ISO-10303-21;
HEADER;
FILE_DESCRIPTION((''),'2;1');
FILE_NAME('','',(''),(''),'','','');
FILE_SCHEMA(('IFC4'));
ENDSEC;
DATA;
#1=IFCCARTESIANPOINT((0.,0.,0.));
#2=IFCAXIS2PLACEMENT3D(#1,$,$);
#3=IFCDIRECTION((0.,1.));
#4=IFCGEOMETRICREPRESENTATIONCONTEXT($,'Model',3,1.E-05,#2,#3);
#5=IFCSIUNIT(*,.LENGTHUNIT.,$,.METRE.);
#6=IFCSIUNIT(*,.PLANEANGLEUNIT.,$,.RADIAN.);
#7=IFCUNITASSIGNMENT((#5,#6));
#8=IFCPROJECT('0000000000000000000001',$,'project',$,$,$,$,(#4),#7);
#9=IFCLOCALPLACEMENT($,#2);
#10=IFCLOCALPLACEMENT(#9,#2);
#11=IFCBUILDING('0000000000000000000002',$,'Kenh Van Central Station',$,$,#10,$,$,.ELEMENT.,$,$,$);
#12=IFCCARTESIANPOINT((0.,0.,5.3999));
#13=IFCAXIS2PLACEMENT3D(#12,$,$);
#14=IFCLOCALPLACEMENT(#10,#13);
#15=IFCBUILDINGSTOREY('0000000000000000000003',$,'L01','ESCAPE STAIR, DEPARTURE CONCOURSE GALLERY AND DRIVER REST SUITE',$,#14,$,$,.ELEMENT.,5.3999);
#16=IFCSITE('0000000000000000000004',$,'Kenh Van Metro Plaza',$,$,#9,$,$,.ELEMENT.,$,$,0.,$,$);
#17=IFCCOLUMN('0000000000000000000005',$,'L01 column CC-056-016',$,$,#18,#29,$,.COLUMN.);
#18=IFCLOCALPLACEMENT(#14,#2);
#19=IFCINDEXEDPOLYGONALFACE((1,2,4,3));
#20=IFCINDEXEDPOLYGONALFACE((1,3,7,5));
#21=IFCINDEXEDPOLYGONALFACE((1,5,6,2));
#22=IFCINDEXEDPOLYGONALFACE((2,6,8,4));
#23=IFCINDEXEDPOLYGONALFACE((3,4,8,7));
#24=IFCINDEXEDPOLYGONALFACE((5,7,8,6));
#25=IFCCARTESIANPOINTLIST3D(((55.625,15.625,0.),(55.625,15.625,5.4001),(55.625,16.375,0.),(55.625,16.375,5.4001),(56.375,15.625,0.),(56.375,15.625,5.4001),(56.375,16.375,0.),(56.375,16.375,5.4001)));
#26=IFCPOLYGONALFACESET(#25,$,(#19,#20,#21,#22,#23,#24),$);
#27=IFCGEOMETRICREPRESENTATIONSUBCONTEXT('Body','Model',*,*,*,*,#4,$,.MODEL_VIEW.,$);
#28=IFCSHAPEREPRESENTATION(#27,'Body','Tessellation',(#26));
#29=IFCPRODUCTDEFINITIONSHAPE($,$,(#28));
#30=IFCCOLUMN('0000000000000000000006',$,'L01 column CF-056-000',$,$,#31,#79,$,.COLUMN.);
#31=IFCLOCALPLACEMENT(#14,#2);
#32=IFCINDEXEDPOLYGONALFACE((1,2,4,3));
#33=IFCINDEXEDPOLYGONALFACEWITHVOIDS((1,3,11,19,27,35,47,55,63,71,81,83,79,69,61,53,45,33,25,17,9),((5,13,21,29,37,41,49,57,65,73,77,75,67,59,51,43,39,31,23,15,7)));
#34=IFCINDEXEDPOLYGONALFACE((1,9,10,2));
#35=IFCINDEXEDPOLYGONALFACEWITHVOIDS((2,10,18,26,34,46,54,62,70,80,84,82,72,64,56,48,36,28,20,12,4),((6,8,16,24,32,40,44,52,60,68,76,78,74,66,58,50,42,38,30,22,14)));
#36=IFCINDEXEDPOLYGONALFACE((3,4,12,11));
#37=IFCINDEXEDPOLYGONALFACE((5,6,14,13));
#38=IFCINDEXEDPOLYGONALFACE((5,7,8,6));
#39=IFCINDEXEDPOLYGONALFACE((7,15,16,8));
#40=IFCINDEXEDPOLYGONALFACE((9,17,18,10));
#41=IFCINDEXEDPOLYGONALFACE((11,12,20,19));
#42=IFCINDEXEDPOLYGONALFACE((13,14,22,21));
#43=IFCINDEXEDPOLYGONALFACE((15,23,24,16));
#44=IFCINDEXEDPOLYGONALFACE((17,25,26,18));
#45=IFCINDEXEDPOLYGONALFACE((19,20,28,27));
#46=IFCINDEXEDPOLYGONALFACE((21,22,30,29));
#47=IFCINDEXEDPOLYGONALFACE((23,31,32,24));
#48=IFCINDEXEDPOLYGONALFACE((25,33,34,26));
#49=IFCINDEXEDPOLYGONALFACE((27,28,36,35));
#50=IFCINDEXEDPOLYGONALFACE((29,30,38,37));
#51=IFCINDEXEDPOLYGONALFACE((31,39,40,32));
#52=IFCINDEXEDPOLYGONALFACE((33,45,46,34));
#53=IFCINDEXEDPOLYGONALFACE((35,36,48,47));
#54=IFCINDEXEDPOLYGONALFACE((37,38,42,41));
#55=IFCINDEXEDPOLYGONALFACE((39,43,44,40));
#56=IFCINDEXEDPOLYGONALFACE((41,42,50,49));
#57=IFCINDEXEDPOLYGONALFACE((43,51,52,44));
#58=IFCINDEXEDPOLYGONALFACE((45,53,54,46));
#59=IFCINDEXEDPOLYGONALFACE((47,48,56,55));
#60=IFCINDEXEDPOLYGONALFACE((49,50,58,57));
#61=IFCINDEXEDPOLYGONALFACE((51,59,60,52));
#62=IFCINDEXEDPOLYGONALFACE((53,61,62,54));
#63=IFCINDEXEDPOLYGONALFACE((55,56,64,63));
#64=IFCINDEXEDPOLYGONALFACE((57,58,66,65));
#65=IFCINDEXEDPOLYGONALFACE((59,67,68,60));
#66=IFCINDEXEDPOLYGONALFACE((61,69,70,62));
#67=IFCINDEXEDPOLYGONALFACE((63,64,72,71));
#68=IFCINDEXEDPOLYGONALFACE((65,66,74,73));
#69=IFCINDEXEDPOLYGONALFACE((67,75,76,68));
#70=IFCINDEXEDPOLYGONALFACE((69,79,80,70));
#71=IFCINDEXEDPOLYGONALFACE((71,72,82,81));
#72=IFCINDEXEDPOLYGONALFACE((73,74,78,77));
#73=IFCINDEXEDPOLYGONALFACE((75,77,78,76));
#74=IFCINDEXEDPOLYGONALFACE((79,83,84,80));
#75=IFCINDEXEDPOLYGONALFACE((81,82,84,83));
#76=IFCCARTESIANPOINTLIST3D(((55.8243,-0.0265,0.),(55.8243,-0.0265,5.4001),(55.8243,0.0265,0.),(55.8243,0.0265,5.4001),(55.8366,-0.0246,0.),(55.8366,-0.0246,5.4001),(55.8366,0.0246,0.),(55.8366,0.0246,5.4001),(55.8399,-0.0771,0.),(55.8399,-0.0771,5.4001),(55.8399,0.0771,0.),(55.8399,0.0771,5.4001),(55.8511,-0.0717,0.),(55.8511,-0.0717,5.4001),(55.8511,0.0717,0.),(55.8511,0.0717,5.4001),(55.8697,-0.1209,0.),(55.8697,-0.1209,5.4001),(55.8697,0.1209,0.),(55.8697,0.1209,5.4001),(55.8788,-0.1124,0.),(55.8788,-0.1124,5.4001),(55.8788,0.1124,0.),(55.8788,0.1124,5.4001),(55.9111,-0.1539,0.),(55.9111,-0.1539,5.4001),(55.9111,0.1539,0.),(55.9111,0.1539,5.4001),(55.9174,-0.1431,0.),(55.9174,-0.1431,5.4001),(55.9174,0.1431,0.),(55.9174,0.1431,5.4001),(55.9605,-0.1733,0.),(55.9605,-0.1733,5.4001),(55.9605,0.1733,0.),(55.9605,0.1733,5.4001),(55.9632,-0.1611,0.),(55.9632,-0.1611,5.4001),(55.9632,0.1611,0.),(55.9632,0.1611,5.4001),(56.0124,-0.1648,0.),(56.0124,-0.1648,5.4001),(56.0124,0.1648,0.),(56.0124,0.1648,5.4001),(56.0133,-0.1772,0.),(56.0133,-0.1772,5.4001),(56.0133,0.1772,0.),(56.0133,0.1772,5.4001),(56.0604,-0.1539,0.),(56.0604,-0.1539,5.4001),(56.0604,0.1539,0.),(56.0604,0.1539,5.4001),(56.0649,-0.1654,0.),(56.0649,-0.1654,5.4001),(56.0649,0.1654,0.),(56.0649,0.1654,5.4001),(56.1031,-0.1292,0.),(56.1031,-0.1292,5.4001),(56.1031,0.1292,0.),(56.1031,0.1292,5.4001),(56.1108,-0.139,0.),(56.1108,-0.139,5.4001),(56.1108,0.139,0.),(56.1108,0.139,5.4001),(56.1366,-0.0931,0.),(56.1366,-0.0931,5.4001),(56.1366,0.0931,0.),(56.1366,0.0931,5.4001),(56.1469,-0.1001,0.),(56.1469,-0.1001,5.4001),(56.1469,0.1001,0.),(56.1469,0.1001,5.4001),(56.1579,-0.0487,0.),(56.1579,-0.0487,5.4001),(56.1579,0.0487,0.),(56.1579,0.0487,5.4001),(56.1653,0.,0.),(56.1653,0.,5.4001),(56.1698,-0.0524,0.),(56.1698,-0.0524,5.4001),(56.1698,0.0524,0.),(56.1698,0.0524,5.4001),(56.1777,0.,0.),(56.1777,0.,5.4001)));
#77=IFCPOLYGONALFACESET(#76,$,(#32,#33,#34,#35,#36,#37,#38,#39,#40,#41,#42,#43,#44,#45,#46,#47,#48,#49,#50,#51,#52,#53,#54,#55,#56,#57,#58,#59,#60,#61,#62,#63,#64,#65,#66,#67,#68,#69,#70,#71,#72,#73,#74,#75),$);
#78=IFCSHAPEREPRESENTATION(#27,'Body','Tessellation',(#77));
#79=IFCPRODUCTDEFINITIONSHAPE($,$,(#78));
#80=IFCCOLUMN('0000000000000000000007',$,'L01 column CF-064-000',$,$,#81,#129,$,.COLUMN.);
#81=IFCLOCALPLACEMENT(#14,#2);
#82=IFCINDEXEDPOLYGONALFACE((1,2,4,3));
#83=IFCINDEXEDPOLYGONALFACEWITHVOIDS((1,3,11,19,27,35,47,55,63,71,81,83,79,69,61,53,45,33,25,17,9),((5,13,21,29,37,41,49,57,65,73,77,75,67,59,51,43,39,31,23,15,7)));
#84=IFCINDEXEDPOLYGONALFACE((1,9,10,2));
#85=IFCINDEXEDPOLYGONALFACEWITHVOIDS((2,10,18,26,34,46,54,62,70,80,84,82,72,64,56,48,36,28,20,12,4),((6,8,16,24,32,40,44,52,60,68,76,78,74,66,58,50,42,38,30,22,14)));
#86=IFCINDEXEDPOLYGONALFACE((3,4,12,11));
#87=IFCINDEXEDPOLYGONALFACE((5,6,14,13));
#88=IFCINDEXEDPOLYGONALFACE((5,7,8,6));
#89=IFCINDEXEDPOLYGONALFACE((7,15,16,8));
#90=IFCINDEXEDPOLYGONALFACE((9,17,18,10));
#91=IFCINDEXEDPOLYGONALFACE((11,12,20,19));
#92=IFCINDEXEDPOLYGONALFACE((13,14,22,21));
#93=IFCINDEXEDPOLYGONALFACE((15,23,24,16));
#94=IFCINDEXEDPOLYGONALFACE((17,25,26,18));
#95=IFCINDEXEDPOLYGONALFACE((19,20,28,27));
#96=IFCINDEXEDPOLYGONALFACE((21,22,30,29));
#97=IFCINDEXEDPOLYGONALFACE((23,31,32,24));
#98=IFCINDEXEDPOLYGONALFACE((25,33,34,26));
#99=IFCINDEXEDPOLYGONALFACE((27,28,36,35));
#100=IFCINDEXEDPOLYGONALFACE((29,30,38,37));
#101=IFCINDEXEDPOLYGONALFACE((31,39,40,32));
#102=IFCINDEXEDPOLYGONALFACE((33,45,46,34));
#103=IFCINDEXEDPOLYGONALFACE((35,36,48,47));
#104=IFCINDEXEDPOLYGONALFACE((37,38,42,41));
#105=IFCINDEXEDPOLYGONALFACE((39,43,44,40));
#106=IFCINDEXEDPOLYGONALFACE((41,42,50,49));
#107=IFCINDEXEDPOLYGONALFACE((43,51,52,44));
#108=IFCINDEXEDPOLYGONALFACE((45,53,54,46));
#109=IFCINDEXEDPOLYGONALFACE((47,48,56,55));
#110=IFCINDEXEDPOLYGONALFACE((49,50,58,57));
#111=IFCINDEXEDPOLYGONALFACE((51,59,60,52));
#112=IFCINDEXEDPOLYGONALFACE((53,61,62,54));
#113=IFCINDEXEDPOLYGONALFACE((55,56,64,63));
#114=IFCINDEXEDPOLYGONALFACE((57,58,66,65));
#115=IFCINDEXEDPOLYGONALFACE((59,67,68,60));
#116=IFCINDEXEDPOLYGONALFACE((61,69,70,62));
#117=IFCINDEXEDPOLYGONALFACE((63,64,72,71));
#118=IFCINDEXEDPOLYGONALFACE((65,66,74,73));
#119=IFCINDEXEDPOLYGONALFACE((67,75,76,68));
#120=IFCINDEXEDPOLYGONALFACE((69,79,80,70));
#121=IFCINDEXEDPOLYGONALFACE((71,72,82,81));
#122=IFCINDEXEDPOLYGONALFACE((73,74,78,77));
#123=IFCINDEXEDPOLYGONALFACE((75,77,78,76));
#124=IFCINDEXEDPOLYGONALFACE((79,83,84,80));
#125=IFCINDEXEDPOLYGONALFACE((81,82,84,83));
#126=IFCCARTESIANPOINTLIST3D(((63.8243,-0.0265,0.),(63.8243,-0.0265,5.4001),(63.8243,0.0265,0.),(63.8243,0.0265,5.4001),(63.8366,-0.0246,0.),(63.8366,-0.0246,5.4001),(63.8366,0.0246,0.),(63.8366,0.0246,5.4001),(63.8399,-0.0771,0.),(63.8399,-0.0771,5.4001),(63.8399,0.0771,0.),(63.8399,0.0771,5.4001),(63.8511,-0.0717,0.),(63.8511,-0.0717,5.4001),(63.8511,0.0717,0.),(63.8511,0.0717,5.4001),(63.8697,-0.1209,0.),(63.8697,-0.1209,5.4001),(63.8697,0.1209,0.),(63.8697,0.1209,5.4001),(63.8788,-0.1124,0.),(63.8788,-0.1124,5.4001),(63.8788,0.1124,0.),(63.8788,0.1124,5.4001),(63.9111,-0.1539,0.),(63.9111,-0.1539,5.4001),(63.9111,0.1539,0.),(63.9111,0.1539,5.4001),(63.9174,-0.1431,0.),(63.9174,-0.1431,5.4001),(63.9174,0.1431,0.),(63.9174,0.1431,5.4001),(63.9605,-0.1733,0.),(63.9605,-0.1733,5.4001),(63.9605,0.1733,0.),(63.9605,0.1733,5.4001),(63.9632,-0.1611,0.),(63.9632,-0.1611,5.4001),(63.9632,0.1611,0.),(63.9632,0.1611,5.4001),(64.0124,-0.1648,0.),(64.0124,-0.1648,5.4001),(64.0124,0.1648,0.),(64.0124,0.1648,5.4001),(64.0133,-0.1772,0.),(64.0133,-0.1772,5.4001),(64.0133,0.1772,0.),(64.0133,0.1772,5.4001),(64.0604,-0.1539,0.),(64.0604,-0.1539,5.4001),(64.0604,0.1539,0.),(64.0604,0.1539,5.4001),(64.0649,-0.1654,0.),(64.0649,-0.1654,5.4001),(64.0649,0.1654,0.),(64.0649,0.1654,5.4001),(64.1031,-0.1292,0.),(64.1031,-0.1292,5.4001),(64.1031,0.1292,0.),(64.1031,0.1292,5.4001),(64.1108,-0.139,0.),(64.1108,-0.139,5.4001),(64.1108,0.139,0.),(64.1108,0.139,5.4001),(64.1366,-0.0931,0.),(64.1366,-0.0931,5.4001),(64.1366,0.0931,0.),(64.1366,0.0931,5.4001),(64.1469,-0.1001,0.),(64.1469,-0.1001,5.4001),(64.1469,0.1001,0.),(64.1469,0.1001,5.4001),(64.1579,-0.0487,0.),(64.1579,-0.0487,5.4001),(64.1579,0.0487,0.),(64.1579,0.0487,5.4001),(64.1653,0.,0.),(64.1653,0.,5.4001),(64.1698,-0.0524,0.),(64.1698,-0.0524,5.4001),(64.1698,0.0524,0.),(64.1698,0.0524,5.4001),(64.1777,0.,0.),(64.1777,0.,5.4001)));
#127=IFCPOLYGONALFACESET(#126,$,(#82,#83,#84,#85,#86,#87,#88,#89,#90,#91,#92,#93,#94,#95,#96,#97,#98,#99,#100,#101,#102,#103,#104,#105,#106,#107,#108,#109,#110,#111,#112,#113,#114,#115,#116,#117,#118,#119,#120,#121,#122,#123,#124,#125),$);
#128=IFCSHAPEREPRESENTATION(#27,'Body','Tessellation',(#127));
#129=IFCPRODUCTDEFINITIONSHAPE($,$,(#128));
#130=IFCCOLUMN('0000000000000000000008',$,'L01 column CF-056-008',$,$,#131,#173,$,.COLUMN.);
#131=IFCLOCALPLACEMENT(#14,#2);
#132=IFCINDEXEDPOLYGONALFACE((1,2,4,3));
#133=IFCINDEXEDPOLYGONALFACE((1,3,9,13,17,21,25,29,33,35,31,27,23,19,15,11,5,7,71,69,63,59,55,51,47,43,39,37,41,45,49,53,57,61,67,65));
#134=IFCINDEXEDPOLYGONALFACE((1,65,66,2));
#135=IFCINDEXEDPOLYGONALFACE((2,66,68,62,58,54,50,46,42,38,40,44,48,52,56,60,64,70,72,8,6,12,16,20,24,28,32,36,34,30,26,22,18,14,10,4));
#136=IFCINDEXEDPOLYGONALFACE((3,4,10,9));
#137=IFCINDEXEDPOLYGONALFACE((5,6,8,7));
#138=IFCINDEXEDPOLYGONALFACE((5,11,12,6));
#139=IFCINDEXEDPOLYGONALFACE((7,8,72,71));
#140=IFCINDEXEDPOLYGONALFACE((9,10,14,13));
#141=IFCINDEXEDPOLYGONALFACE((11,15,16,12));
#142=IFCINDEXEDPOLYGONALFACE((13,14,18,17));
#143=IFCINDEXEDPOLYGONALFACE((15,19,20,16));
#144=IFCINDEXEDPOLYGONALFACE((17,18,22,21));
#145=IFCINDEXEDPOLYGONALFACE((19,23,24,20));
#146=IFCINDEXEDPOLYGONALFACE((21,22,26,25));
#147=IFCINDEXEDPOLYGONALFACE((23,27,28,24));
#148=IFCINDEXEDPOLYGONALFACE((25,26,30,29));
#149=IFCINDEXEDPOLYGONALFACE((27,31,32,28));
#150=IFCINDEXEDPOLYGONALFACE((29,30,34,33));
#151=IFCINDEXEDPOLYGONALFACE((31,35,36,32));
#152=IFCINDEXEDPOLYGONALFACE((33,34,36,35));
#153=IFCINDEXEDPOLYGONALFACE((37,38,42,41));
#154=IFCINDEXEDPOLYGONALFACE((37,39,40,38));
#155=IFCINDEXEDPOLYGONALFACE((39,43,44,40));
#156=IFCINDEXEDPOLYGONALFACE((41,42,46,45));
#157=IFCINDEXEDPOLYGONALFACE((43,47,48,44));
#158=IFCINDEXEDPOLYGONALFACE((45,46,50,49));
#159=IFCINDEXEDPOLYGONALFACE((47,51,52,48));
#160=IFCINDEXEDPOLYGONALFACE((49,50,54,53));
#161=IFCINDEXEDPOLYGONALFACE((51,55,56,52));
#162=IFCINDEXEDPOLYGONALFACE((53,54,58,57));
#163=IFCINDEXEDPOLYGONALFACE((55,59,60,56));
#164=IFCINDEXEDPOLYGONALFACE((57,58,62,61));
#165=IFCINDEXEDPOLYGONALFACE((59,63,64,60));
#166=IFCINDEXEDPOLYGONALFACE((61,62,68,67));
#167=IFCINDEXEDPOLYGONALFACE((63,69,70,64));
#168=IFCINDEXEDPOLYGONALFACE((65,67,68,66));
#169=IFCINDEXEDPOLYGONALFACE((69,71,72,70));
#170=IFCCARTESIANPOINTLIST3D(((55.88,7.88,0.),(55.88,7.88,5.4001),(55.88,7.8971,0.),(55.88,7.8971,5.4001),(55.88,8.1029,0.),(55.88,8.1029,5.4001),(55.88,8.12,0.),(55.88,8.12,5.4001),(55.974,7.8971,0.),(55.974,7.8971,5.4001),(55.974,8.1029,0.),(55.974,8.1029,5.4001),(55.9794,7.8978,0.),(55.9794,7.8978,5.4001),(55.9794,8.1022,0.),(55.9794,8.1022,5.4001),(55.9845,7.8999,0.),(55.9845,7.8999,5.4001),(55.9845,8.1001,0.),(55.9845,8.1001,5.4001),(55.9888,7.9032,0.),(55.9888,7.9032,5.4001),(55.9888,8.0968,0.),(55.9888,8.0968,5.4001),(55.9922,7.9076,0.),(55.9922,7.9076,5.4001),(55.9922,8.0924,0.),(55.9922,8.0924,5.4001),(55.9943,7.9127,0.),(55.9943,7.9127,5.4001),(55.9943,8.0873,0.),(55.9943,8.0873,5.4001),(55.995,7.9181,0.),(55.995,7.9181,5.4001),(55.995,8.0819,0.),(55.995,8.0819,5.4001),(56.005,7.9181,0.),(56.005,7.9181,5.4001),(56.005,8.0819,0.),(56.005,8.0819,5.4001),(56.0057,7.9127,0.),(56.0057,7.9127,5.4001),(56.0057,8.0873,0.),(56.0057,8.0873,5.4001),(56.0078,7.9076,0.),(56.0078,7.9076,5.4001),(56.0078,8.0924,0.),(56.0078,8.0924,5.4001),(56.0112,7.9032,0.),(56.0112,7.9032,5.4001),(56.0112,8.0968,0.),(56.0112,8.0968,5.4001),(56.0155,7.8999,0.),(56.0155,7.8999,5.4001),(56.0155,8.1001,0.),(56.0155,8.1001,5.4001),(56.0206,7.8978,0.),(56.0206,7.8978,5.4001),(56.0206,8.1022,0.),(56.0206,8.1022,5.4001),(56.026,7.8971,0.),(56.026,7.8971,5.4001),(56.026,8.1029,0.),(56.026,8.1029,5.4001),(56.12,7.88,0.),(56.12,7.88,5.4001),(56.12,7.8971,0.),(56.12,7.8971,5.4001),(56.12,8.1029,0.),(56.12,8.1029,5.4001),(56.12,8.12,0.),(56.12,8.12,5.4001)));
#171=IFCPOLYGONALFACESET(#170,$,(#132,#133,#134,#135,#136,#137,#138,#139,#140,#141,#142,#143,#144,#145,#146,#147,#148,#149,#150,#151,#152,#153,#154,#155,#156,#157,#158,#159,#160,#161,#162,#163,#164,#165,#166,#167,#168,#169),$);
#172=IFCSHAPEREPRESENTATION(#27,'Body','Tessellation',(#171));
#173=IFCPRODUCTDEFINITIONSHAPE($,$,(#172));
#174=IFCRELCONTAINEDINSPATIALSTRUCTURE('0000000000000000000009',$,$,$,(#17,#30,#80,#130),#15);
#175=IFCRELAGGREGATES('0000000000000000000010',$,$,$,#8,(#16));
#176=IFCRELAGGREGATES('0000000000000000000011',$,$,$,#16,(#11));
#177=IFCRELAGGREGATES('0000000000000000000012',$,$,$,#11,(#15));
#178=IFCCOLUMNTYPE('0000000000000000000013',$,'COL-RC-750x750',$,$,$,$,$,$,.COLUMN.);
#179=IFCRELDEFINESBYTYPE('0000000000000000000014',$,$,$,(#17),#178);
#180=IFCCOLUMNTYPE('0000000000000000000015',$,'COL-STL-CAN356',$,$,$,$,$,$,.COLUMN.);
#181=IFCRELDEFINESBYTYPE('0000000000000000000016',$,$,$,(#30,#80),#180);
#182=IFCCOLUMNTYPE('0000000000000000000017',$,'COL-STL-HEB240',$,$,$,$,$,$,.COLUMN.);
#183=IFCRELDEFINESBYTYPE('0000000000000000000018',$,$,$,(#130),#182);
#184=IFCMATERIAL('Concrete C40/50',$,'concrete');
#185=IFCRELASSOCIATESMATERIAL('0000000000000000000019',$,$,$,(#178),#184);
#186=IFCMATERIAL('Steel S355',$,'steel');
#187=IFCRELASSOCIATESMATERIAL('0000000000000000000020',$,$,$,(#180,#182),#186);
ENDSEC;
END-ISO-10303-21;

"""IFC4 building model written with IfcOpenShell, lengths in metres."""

from ifc_helpers import new_model, si_unit, direction, frame, origin, origin_2d, place, context, subcontext, project, spatial, rectangle, hollow_circle, i_section, extrude, material, material_profile, profile_set, type_object, element, save


model = new_model("IFC4")

# Units and contexts
model_context = context("Model", 3, precision=1e-05, world=origin(), true_north=direction((0.0, 1.0)))
body_context = subcontext(model_context, "Body", "Model", "MODEL_VIEW")
ifc_project = project(units=[si_unit("LENGTHUNIT", "METRE"), si_unit("PLANEANGLEUNIT", "RADIAN")], contexts=[model_context])

# Site, building, storey
site_placement = place(None, origin())
site = spatial("IfcSite", under=ifc_project, at=site_placement, Name="Kenh Van Metro Plaza", CompositionType="ELEMENT", RefElevation=0.0)
building_placement = place(site_placement, origin())
building = spatial("IfcBuilding", under=site, at=building_placement, Name="Kenh Van Central Station", CompositionType="ELEMENT")
storey_placement = place(building_placement, frame((0.0, 0.0, 5.3999)))
storey = spatial("IfcBuildingStorey", under=building, at=storey_placement, Name="L01", Description="ESCAPE STAIR, DEPARTURE CONCOURSE GALLERY AND DRIVER REST SUITE", CompositionType="ELEMENT", Elevation=5.3999)

# Columns
ifc_material_1 = material(Name="Concrete C40/50", Category="concrete")
ifc_material_profile_1 = material_profile(ifc_material_1, rectangle(XDim=0.75, YDim=0.75, at=origin_2d()), Name="RC 750x750")
ifc_profile_set_1 = profile_set([ifc_material_profile_1], Name="Concrete C40/50")
column_type_1 = type_object("IfcColumnType", Name="COL-RC-750x750", PredefinedType="COLUMN", material=ifc_profile_set_1)
column_placement = place(storey_placement, frame((56.0, 16.0, 0.0), z_axis=(0.0, 0.0, 1.0), x_axis=(1.0, 0.0, 0.0)))
element("IfcColumn", 1, at=column_placement, inside=storey, type_object=column_type_1, Name="L01 column CC-056-016", PredefinedType="COLUMN", context=body_context, shape_type="SweptSolid", body=[
    extrude(rectangle(XDim=0.75, YDim=0.75, at=origin_2d()), origin(), (0.0, 0.0, 1.0), 5.4001),
])
ifc_material_2 = material(Name="Steel S355", Category="steel")
ifc_material_profile_2 = material_profile(ifc_material_2, hollow_circle(Radius=0.1777, WallThickness=0.0125, at=origin_2d()), Name="CHS 355.6x12.5")
ifc_profile_set_2 = profile_set([ifc_material_profile_2], Name="Steel S355")
column_type_2 = type_object("IfcColumnType", Name="COL-STL-CAN356", PredefinedType="COLUMN", material=ifc_profile_set_2)
for number, where, z_axis, x_axis, name in (
    (2, (56.0, 0.0, 0.0), (0.0, 0.0, 1.0), (1.0, 0.0, 0.0), "L01 column CF-056-000"),
    (3, (64.0, 0.0, 0.0), (0.0, 0.0, 1.0), (1.0, 0.0, 0.0), "L01 column CF-064-000"),
):
    element("IfcColumn", number, at=place(storey_placement, frame(where, z_axis=z_axis, x_axis=x_axis)), inside=storey, type_object=column_type_2, Name=name, PredefinedType="COLUMN", context=body_context, shape_type="SweptSolid", body=[
        extrude(hollow_circle(Radius=0.1777, WallThickness=0.0125, at=origin_2d()), origin(), (0.0, 0.0, 1.0), 5.4001),
    ])
ifc_material_profile_3 = material_profile(ifc_material_2, i_section(OverallWidth=0.24, OverallDepth=0.24, WebThickness=0.01, FlangeThickness=0.0171, FilletRadius=0.021, at=origin_2d()), Name="HEB 240")
ifc_profile_set_3 = profile_set([ifc_material_profile_3], Name="Steel S355")
column_type_3 = type_object("IfcColumnType", Name="COL-STL-HEB240", PredefinedType="COLUMN", material=ifc_profile_set_3)
for number, where, z_axis, x_axis, name in (
    (4, (56.0, 8.0, 0.0), (0.0, 0.0, 1.0), (1.0, 0.0, 0.0), "L01 column CF-056-008"),
):
    element("IfcColumn", number, at=place(storey_placement, frame(where, z_axis=z_axis, x_axis=x_axis)), inside=storey, type_object=column_type_3, Name=name, PredefinedType="COLUMN", context=body_context, shape_type="SweptSolid", body=[
        extrude(i_section(OverallWidth=0.24, OverallDepth=0.24, WebThickness=0.01, FlangeThickness=0.0171, FilletRadius=0.021, at=origin_2d()), origin(), (0.0, 0.0, 1.0), 5.4001),
    ])

save(model, "model.ifc")
